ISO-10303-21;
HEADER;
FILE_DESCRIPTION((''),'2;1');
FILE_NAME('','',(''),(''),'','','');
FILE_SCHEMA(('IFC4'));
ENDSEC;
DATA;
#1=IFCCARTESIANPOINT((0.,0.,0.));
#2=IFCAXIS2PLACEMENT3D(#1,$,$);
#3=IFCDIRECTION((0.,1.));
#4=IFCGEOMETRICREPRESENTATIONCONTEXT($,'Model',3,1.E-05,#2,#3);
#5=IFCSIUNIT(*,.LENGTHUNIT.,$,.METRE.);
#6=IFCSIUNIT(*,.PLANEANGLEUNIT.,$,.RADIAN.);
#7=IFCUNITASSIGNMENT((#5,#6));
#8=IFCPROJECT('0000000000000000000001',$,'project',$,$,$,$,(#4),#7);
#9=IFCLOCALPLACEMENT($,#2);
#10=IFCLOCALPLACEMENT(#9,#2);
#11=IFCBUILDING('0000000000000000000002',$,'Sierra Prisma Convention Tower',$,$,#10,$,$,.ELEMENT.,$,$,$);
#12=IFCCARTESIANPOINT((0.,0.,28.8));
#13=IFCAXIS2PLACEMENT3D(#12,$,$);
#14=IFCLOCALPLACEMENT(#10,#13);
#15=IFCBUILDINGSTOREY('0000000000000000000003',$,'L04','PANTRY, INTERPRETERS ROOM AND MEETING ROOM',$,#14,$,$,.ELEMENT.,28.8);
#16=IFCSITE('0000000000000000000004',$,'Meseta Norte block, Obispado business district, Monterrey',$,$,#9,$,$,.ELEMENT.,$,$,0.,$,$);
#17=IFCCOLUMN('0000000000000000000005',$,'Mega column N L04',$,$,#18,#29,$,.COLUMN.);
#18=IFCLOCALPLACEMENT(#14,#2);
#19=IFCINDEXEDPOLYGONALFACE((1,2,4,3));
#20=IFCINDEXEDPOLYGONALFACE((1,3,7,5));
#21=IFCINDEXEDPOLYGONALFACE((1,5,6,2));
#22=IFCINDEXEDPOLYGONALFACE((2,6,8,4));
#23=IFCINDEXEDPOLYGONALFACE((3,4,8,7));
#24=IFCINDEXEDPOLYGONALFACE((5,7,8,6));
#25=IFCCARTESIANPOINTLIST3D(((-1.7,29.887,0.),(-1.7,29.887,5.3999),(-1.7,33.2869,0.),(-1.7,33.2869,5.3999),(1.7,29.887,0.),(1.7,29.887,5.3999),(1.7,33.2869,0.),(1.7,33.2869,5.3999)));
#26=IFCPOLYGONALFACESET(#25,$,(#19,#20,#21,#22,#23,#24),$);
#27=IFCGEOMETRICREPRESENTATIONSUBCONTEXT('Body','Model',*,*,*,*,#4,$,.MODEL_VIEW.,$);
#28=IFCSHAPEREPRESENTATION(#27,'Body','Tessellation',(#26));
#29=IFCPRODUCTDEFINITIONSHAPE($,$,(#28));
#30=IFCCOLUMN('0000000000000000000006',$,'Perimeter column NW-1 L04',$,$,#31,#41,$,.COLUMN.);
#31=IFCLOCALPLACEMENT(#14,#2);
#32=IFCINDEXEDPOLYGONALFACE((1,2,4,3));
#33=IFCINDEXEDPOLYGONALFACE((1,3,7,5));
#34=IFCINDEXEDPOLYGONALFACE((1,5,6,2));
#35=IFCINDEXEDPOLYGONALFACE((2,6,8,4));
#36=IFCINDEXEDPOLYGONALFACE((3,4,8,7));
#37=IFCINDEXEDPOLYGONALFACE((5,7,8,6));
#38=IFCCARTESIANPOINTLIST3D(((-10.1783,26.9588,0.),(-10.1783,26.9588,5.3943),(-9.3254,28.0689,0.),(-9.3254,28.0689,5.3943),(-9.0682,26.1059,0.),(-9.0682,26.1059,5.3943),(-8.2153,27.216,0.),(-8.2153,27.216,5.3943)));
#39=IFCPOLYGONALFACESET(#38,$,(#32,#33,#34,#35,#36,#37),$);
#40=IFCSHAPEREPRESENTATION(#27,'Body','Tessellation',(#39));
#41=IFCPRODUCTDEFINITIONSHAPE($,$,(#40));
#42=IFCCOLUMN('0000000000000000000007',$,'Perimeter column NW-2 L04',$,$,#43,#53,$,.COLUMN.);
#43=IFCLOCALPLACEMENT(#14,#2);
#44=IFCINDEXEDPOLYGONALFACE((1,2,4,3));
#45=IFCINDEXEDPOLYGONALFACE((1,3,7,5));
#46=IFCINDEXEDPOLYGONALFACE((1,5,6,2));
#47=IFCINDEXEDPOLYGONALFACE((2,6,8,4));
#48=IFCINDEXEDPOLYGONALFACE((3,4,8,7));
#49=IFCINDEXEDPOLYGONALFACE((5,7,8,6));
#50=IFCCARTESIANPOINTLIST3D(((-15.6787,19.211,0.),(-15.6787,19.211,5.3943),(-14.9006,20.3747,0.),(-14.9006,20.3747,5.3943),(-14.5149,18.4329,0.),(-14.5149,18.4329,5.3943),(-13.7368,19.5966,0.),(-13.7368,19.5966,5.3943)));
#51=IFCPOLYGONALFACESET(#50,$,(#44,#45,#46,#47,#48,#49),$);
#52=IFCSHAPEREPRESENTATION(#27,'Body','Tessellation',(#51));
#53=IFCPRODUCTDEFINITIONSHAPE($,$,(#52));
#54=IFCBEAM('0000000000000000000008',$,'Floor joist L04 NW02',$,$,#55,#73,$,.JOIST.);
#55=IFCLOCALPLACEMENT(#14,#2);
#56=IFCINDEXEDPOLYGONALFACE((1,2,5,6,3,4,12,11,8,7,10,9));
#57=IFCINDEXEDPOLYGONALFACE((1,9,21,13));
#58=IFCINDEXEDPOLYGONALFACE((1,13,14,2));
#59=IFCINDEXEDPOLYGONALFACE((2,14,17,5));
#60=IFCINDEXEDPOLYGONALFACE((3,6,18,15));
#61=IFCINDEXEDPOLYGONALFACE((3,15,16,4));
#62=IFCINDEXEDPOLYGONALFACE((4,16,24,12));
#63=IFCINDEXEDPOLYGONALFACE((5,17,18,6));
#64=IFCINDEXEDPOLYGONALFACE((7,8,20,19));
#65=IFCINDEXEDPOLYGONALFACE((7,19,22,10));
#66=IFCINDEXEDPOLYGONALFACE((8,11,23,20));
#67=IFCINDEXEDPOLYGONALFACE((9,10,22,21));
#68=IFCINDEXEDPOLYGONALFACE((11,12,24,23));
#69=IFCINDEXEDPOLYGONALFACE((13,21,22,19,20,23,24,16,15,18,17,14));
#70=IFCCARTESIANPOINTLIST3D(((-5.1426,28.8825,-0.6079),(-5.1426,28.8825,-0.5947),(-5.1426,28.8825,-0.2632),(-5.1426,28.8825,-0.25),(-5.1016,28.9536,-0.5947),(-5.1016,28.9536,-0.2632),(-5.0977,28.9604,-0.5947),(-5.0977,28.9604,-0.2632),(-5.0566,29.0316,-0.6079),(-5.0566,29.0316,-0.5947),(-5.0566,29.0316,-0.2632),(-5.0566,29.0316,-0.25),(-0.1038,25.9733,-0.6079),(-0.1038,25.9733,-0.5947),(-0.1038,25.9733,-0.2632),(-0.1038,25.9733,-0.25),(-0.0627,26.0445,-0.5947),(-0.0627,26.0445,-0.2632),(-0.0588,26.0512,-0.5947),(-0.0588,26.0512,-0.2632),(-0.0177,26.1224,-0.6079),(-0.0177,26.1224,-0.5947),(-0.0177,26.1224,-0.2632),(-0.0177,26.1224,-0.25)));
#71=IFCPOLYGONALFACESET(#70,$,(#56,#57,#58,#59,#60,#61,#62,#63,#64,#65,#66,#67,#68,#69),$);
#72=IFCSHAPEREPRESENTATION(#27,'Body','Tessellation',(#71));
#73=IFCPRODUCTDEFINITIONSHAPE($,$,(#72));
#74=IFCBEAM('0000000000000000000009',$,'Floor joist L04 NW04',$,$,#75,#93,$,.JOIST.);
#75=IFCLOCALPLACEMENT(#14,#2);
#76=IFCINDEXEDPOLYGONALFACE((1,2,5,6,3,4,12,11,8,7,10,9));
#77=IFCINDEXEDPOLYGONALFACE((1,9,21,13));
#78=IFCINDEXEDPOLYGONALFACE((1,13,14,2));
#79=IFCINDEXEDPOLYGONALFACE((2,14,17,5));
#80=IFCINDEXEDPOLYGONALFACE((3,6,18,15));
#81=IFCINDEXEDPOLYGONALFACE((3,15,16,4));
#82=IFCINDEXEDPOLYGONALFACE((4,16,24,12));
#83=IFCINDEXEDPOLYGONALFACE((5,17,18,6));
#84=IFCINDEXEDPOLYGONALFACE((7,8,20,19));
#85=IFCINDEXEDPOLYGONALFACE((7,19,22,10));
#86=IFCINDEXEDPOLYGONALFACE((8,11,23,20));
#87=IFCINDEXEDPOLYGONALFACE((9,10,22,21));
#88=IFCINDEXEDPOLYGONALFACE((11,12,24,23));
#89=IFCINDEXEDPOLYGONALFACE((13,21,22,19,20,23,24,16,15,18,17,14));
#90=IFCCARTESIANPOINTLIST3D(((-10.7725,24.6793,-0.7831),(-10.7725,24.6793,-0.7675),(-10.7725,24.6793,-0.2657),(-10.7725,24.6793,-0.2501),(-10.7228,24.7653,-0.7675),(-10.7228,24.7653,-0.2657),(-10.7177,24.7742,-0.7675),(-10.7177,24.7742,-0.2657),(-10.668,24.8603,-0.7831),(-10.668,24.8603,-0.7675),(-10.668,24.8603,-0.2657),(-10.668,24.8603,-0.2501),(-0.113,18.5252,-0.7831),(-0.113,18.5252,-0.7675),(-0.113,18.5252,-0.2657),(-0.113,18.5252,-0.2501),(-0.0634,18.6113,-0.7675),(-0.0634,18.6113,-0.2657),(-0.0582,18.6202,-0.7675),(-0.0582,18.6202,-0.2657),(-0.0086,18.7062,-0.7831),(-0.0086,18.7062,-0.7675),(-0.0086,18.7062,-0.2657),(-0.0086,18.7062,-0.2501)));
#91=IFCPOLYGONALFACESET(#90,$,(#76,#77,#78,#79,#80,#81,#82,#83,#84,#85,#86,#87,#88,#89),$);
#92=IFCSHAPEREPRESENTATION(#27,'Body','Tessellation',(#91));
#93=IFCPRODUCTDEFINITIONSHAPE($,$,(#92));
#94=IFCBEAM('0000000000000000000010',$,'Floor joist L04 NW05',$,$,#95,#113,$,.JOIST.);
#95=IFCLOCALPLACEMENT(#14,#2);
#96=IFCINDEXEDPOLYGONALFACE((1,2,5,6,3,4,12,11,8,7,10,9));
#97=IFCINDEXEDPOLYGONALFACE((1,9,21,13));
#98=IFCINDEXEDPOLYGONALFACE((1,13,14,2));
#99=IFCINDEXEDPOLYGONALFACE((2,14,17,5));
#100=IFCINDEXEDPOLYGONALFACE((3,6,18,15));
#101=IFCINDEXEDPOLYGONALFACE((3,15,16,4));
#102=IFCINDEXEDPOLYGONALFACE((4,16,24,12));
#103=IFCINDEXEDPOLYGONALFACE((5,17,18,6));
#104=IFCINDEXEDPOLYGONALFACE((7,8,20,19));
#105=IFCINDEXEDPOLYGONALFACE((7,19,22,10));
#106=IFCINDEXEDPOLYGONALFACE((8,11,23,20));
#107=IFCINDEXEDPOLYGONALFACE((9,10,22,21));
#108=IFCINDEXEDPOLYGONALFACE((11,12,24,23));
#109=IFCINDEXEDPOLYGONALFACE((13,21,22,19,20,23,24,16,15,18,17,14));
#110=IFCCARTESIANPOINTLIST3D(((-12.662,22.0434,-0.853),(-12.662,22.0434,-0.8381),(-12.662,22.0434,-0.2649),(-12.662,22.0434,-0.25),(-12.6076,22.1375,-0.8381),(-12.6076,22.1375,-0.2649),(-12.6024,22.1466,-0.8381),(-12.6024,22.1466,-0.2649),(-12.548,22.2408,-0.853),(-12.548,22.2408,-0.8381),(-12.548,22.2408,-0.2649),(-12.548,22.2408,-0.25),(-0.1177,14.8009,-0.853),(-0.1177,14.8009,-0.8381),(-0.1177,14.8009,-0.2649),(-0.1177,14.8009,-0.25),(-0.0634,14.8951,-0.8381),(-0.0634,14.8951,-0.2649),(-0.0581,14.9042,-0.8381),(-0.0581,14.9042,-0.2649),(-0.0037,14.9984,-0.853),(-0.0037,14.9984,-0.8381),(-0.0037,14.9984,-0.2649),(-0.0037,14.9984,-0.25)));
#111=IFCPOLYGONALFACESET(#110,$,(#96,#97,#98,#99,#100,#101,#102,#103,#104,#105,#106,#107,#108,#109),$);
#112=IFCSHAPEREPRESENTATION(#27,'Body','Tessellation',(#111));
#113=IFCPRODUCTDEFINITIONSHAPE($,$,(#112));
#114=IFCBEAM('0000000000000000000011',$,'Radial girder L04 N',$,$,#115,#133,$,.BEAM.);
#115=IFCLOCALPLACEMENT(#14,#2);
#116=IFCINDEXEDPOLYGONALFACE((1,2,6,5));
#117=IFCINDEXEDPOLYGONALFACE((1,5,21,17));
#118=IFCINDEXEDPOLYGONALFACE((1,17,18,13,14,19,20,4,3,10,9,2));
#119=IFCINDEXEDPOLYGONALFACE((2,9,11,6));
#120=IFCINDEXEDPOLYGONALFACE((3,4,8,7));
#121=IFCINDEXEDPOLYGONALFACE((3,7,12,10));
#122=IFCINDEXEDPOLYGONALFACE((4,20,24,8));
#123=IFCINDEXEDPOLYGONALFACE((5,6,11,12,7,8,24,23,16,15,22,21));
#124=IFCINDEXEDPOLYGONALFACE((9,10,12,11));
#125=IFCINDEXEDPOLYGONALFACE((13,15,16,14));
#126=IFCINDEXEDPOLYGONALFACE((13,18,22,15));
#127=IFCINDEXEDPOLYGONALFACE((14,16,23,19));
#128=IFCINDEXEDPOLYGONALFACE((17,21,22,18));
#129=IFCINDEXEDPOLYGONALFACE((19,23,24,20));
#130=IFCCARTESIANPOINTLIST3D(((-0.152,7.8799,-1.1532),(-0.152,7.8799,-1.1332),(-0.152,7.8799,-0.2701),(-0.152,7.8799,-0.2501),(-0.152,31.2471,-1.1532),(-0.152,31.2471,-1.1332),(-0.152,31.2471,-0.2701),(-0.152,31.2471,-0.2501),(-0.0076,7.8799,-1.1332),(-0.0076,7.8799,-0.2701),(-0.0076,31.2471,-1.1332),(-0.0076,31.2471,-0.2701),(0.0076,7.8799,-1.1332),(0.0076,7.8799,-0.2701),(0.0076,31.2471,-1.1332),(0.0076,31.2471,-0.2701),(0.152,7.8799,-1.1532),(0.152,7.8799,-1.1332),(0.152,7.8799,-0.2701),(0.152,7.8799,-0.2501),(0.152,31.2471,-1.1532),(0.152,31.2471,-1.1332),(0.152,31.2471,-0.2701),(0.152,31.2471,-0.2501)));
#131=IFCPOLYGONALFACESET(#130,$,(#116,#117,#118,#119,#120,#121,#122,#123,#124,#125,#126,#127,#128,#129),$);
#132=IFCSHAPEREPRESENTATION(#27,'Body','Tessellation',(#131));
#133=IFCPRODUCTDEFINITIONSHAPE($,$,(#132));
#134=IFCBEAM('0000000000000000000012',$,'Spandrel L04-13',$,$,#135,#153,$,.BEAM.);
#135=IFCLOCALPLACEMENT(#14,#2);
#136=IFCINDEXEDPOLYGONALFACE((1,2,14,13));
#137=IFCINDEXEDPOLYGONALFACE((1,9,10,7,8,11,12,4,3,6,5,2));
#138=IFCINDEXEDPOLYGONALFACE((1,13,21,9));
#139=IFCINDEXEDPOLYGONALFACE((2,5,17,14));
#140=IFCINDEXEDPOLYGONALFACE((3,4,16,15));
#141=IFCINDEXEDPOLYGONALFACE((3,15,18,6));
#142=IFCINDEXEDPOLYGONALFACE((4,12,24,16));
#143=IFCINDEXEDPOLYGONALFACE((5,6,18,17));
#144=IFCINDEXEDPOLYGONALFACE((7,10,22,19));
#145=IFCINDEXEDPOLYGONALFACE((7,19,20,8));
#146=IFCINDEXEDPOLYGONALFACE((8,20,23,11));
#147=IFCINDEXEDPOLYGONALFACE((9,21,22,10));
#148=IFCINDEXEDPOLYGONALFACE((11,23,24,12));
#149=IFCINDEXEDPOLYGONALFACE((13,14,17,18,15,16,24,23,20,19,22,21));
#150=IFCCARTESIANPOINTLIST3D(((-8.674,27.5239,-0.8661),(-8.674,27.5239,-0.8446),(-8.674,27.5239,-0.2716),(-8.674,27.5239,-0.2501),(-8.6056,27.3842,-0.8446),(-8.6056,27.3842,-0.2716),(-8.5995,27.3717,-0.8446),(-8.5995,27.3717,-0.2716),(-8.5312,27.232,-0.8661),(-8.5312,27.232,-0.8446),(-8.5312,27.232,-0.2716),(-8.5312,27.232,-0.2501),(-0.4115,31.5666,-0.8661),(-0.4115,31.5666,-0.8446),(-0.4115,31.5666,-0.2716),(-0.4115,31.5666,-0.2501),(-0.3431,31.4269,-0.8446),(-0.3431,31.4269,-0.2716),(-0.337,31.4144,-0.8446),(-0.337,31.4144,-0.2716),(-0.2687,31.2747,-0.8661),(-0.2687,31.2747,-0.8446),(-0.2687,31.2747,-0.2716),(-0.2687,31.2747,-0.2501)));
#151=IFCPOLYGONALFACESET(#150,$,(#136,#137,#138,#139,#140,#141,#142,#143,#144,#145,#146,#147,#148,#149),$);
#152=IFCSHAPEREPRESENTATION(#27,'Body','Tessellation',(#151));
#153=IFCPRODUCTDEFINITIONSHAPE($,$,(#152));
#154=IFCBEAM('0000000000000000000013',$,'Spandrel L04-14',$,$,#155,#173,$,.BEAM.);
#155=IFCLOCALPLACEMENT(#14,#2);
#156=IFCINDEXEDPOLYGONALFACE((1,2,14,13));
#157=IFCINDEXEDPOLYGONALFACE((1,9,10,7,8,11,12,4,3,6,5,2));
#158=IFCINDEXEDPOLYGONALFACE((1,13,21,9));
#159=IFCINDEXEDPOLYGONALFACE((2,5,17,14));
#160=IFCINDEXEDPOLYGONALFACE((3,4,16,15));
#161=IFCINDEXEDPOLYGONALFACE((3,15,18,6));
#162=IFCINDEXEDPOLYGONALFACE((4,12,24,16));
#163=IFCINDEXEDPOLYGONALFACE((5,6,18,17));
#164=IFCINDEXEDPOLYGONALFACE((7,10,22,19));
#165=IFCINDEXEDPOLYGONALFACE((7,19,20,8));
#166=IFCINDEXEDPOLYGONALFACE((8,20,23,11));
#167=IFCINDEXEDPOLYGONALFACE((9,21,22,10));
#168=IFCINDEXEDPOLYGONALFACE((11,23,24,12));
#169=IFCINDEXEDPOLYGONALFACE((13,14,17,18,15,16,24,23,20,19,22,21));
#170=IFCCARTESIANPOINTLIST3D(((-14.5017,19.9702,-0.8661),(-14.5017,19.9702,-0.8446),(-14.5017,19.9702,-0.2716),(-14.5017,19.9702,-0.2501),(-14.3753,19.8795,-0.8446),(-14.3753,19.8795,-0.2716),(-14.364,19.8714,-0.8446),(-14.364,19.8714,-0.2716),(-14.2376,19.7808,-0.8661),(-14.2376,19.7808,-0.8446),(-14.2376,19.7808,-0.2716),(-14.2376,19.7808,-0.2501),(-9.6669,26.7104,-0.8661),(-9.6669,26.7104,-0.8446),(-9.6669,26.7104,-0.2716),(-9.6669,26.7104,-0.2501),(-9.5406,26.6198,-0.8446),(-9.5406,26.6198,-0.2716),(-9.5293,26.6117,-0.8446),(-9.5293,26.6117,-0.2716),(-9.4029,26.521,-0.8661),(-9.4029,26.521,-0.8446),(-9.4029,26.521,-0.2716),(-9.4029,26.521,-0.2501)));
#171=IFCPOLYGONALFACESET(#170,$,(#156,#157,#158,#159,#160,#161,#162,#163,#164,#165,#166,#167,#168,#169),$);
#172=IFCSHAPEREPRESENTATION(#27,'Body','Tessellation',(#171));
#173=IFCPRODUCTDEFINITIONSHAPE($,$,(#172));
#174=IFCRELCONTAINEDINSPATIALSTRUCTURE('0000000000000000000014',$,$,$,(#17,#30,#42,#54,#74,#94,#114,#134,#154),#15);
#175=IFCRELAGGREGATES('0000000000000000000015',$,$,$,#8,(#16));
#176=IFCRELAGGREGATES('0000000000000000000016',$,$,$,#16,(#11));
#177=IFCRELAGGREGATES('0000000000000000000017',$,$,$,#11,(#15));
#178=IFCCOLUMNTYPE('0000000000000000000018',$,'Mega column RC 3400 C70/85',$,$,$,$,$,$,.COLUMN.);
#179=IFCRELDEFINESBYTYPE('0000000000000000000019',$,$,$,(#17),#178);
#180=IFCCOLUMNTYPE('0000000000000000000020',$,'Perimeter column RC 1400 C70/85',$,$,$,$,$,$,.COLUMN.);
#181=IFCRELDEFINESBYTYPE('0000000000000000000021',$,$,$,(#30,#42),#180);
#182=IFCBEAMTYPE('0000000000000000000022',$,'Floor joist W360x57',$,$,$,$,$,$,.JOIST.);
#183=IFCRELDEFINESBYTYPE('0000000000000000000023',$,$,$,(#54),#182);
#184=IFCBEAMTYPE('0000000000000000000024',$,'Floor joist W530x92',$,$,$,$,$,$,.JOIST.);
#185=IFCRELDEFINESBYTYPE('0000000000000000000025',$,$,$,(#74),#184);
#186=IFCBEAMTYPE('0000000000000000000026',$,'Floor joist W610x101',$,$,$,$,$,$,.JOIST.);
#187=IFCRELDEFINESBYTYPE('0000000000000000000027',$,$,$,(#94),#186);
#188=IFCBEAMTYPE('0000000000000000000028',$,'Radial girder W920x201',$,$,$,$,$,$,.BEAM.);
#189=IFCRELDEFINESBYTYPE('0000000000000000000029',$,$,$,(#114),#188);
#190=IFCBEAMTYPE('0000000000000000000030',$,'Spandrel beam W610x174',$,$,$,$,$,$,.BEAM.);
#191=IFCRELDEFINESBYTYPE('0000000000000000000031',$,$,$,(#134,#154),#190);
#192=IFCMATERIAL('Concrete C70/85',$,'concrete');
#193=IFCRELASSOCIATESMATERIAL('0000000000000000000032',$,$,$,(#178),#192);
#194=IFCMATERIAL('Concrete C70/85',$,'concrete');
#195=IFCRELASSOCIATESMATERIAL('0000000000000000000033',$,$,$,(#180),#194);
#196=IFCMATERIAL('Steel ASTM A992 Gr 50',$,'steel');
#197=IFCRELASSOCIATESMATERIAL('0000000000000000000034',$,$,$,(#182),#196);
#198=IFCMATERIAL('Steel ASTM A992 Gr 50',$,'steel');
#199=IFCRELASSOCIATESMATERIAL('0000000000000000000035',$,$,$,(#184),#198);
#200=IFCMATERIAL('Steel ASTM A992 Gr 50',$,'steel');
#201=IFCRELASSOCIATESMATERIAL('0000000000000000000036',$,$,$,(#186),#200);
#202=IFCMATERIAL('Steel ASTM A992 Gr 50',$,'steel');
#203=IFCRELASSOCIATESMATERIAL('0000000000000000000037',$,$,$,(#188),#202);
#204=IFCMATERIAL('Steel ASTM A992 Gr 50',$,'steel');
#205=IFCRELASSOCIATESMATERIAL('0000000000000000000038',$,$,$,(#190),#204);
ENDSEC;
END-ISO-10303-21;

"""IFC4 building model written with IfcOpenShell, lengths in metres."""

from ifc_helpers import new_model, si_unit, direction, frame, origin, origin_2d, place, context, subcontext, project, spatial, rectangle, i_section, extrude, clip, halfspace, material, material_profile, profile_set, type_object, element, save


model = new_model("IFC4")

# Units and contexts
model_context = context("Model", 3, precision=1e-05, world=origin(), true_north=direction((0.0, 1.0)))
body_context = subcontext(model_context, "Body", "Model", "MODEL_VIEW")
ifc_project = project(units=[si_unit("LENGTHUNIT", "METRE"), si_unit("PLANEANGLEUNIT", "RADIAN")], contexts=[model_context])

# Site, building, storey
site_placement = place(None, origin())
site = spatial("IfcSite", under=ifc_project, at=site_placement, Name="Meseta Norte block, Obispado business district, Monterrey", CompositionType="ELEMENT", RefElevation=0.0)
building_placement = place(site_placement, origin())
building = spatial("IfcBuilding", under=site, at=building_placement, Name="Sierra Prisma Convention Tower", CompositionType="ELEMENT")
storey_placement = place(building_placement, frame((0.0, 0.0, 28.8)))
storey = spatial("IfcBuildingStorey", under=building, at=storey_placement, Name="L04", Description="PANTRY, INTERPRETERS ROOM AND MEETING ROOM", CompositionType="ELEMENT", Elevation=28.8)

# Columns
ifc_material_1 = material(Name="Concrete C70/85", Category="concrete")
ifc_material_profile_1 = material_profile(ifc_material_1, rectangle(XDim=3.3999, YDim=3.3999, at=origin_2d()), Name="Mega column RC 3400 C70/85")
ifc_profile_set_1 = profile_set([ifc_material_profile_1], Name="Concrete C70/85")
column_type_1 = type_object("IfcColumnType", Name="Mega column RC 3400 C70/85", PredefinedType="COLUMN", material=ifc_profile_set_1)
column_placement = place(storey_placement, frame((0.0, 31.5869, 0.0), z_axis=(0.0, 0.0, 1.0), x_axis=(1.0, 0.0, 0.0)))
element("IfcColumn", 1, at=column_placement, inside=storey, type_object=column_type_1, Name="Mega column N L04", PredefinedType="COLUMN", context=body_context, shape_type="SweptSolid", body=[
    extrude(rectangle(XDim=3.3999, YDim=3.3999, at=origin_2d()), origin(), (0.0, 0.0, 1.0), 5.3999),
])
ifc_material_2 = material(Name="Concrete C70/85", Category="concrete")
ifc_material_profile_2 = material_profile(ifc_material_2, rectangle(XDim=1.3999, YDim=1.3999, at=origin_2d()), Name="Perimeter column RC 1400 C70/85")
ifc_profile_set_2 = profile_set([ifc_material_profile_2], Name="Concrete C70/85")
column_type_2 = type_object("IfcColumnType", Name="Perimeter column RC 1400 C70/85", PredefinedType="COLUMN", material=ifc_profile_set_2)
for number, where, z_axis, x_axis, name in (
    (2, (-9.1968, 27.0874, 0.0), (0.0, 0.0, 1.0), (0.609232, 0.792992, 0.0), "Perimeter column NW-1 L04"),
    (3, (-14.7078, 19.4038, 0.0), (0.0, 0.0, 1.0), (0.555817, 0.831305, 0.0), "Perimeter column NW-2 L04"),
):
    element("IfcColumn", number, at=place(storey_placement, frame(where, z_axis=z_axis, x_axis=x_axis)), inside=storey, type_object=column_type_2, Name=name, PredefinedType="COLUMN", context=body_context, shape_type="SweptSolid", body=[
        clip(extrude(rectangle(XDim=1.3999, YDim=1.3999, at=origin_2d()), origin(), (0.0, 0.0, 1.0), 5.3999), halfspace(frame((0.0, 0.0, 5.3943)), False)),
    ])

# Beams
ifc_material_3 = material(Name="Steel ASTM A992 Gr 50", Category="steel")
ifc_material_profile_3 = material_profile(ifc_material_3, i_section(OverallWidth=0.1721, OverallDepth=0.3579, WebThickness=0.0078, FlangeThickness=0.0132, at=origin_2d()), Name="W360x57")
ifc_profile_set_3 = profile_set([ifc_material_profile_3], Name="Steel ASTM A992 Gr 50")
beam_type_1 = type_object("IfcBeamType", Name="Floor joist W360x57", PredefinedType="JOIST", material=ifc_profile_set_3)
beam_1_placement = place(storey_placement, frame((-5.0996, 28.957, -0.429), z_axis=(0.866024, -0.500002, 0.0), x_axis=(0.500002, 0.866024, 0.0)))
element("IfcBeam", 4, at=beam_1_placement, inside=storey, type_object=beam_type_1, Name="Floor joist L04 NW02", PredefinedType="JOIST", context=body_context, shape_type="SweptSolid", body=[
    extrude(i_section(OverallWidth=0.1721, OverallDepth=0.3579, WebThickness=0.0078, FlangeThickness=0.0132, at=origin_2d()), origin(), (0.0, 0.0, 1.0), 5.8184),
])
ifc_material_4 = material(Name="Steel ASTM A992 Gr 50", Category="steel")
ifc_material_profile_4 = material_profile(ifc_material_4, i_section(OverallWidth=0.209, OverallDepth=0.533, WebThickness=0.0103, FlangeThickness=0.0156, at=origin_2d()), Name="W530x92")
ifc_profile_set_4 = profile_set([ifc_material_profile_4], Name="Steel ASTM A992 Gr 50")
beam_type_2 = type_object("IfcBeamType", Name="Floor joist W530x92", PredefinedType="JOIST", material=ifc_profile_set_4)
beam_2_placement = place(storey_placement, frame((-10.7202, 24.7698, -0.5166), z_axis=(0.866031, -0.49999, 0.0), x_axis=(0.49999, 0.866031, 0.0)))
element("IfcBeam", 5, at=beam_2_placement, inside=storey, type_object=beam_type_2, Name="Floor joist L04 NW04", PredefinedType="JOIST", context=body_context, shape_type="SweptSolid", body=[
    extrude(i_section(OverallWidth=0.209, OverallDepth=0.533, WebThickness=0.0103, FlangeThickness=0.0156, at=origin_2d()), origin(), (0.0, 0.0, 1.0), 12.3083),
])
ifc_material_5 = material(Name="Steel ASTM A992 Gr 50", Category="steel")
ifc_material_profile_5 = material_profile(ifc_material_5, i_section(OverallWidth=0.228, OverallDepth=0.603, WebThickness=0.0105, FlangeThickness=0.0149, at=origin_2d()), Name="W610x101")
ifc_profile_set_5 = profile_set([ifc_material_profile_5], Name="Steel ASTM A992 Gr 50")
beam_type_3 = type_object("IfcBeamType", Name="Floor joist W610x101", PredefinedType="JOIST", material=ifc_profile_set_5)
beam_3_placement = place(storey_placement, frame((-12.605, 22.1421, -0.5515), z_axis=(0.866024, -0.500002, 0.0), x_axis=(0.500002, 0.866024, 0.0)))
element("IfcBeam", 6, at=beam_3_placement, inside=storey, type_object=beam_type_3, Name="Floor joist L04 NW05", PredefinedType="JOIST", context=body_context, shape_type="SweptSolid", body=[
    extrude(i_section(OverallWidth=0.228, OverallDepth=0.603, WebThickness=0.0105, FlangeThickness=0.0149, at=origin_2d()), origin(), (0.0, 0.0, 1.0), 14.4849),
])
ifc_material_6 = material(Name="Steel ASTM A992 Gr 50", Category="steel")
ifc_material_profile_6 = material_profile(ifc_material_6, i_section(OverallWidth=0.304, OverallDepth=0.9031, WebThickness=0.0151, FlangeThickness=0.02, at=origin_2d()), Name="W920x201")
ifc_profile_set_6 = profile_set([ifc_material_profile_6], Name="Steel ASTM A992 Gr 50")
beam_type_4 = type_object("IfcBeamType", Name="Radial girder W920x201", PredefinedType="BEAM", material=ifc_profile_set_6)
beam_4_placement = place(storey_placement, frame((0.0, 31.2471, -0.7017), z_axis=(0.0, -1.0, 0.0), x_axis=(1.0, 0.0, 0.0)))
element("IfcBeam", 7, at=beam_4_placement, inside=storey, type_object=beam_type_4, Name="Radial girder L04 N", PredefinedType="BEAM", context=body_context, shape_type="SweptSolid", body=[
    extrude(i_section(OverallWidth=0.304, OverallDepth=0.9031, WebThickness=0.0151, FlangeThickness=0.02, at=origin_2d()), origin(), (0.0, 0.0, 1.0), 23.3672),
])
ifc_material_7 = material(Name="Steel ASTM A992 Gr 50", Category="steel")
ifc_material_profile_7 = material_profile(ifc_material_7, i_section(OverallWidth=0.325, OverallDepth=0.616, WebThickness=0.0139, FlangeThickness=0.0215, at=origin_2d()), Name="W610x174")
ifc_profile_set_7 = profile_set([ifc_material_profile_7], Name="Steel ASTM A992 Gr 50")
beam_type_5 = type_object("IfcBeamType", Name="Spandrel beam W610x174", PredefinedType="BEAM", material=ifc_profile_set_7)
beam_5_placement = place(storey_placement, frame((-0.3401, 31.4207, -0.5581), z_axis=(-0.898243, -0.4395, 0.0), x_axis=(0.4395, -0.898243, 0.0)))
element("IfcBeam", 8, at=beam_5_placement, inside=storey, type_object=beam_type_5, Name="Spandrel L04-13", PredefinedType="BEAM", context=body_context, shape_type="SweptSolid", body=[
    extrude(i_section(OverallWidth=0.325, OverallDepth=0.616, WebThickness=0.0139, FlangeThickness=0.0215, at=origin_2d()), origin(), (0.0, 0.0, 1.0), 9.1985),
])
beam_6_placement = place(storey_placement, frame((-9.5349, 26.6157, -0.5581), z_axis=(-0.582855, -0.812576, 0.0), x_axis=(0.812576, -0.582855, 0.0)))
element("IfcBeam", 9, at=beam_6_placement, inside=storey, type_object=beam_type_5, Name="Spandrel L04-14", PredefinedType="BEAM", context=body_context, shape_type="SweptSolid", body=[
    extrude(i_section(OverallWidth=0.325, OverallDepth=0.616, WebThickness=0.0139, FlangeThickness=0.0215, at=origin_2d()), origin(), (0.0, 0.0, 1.0), 8.2949),
])

save(model, "model.ifc")
